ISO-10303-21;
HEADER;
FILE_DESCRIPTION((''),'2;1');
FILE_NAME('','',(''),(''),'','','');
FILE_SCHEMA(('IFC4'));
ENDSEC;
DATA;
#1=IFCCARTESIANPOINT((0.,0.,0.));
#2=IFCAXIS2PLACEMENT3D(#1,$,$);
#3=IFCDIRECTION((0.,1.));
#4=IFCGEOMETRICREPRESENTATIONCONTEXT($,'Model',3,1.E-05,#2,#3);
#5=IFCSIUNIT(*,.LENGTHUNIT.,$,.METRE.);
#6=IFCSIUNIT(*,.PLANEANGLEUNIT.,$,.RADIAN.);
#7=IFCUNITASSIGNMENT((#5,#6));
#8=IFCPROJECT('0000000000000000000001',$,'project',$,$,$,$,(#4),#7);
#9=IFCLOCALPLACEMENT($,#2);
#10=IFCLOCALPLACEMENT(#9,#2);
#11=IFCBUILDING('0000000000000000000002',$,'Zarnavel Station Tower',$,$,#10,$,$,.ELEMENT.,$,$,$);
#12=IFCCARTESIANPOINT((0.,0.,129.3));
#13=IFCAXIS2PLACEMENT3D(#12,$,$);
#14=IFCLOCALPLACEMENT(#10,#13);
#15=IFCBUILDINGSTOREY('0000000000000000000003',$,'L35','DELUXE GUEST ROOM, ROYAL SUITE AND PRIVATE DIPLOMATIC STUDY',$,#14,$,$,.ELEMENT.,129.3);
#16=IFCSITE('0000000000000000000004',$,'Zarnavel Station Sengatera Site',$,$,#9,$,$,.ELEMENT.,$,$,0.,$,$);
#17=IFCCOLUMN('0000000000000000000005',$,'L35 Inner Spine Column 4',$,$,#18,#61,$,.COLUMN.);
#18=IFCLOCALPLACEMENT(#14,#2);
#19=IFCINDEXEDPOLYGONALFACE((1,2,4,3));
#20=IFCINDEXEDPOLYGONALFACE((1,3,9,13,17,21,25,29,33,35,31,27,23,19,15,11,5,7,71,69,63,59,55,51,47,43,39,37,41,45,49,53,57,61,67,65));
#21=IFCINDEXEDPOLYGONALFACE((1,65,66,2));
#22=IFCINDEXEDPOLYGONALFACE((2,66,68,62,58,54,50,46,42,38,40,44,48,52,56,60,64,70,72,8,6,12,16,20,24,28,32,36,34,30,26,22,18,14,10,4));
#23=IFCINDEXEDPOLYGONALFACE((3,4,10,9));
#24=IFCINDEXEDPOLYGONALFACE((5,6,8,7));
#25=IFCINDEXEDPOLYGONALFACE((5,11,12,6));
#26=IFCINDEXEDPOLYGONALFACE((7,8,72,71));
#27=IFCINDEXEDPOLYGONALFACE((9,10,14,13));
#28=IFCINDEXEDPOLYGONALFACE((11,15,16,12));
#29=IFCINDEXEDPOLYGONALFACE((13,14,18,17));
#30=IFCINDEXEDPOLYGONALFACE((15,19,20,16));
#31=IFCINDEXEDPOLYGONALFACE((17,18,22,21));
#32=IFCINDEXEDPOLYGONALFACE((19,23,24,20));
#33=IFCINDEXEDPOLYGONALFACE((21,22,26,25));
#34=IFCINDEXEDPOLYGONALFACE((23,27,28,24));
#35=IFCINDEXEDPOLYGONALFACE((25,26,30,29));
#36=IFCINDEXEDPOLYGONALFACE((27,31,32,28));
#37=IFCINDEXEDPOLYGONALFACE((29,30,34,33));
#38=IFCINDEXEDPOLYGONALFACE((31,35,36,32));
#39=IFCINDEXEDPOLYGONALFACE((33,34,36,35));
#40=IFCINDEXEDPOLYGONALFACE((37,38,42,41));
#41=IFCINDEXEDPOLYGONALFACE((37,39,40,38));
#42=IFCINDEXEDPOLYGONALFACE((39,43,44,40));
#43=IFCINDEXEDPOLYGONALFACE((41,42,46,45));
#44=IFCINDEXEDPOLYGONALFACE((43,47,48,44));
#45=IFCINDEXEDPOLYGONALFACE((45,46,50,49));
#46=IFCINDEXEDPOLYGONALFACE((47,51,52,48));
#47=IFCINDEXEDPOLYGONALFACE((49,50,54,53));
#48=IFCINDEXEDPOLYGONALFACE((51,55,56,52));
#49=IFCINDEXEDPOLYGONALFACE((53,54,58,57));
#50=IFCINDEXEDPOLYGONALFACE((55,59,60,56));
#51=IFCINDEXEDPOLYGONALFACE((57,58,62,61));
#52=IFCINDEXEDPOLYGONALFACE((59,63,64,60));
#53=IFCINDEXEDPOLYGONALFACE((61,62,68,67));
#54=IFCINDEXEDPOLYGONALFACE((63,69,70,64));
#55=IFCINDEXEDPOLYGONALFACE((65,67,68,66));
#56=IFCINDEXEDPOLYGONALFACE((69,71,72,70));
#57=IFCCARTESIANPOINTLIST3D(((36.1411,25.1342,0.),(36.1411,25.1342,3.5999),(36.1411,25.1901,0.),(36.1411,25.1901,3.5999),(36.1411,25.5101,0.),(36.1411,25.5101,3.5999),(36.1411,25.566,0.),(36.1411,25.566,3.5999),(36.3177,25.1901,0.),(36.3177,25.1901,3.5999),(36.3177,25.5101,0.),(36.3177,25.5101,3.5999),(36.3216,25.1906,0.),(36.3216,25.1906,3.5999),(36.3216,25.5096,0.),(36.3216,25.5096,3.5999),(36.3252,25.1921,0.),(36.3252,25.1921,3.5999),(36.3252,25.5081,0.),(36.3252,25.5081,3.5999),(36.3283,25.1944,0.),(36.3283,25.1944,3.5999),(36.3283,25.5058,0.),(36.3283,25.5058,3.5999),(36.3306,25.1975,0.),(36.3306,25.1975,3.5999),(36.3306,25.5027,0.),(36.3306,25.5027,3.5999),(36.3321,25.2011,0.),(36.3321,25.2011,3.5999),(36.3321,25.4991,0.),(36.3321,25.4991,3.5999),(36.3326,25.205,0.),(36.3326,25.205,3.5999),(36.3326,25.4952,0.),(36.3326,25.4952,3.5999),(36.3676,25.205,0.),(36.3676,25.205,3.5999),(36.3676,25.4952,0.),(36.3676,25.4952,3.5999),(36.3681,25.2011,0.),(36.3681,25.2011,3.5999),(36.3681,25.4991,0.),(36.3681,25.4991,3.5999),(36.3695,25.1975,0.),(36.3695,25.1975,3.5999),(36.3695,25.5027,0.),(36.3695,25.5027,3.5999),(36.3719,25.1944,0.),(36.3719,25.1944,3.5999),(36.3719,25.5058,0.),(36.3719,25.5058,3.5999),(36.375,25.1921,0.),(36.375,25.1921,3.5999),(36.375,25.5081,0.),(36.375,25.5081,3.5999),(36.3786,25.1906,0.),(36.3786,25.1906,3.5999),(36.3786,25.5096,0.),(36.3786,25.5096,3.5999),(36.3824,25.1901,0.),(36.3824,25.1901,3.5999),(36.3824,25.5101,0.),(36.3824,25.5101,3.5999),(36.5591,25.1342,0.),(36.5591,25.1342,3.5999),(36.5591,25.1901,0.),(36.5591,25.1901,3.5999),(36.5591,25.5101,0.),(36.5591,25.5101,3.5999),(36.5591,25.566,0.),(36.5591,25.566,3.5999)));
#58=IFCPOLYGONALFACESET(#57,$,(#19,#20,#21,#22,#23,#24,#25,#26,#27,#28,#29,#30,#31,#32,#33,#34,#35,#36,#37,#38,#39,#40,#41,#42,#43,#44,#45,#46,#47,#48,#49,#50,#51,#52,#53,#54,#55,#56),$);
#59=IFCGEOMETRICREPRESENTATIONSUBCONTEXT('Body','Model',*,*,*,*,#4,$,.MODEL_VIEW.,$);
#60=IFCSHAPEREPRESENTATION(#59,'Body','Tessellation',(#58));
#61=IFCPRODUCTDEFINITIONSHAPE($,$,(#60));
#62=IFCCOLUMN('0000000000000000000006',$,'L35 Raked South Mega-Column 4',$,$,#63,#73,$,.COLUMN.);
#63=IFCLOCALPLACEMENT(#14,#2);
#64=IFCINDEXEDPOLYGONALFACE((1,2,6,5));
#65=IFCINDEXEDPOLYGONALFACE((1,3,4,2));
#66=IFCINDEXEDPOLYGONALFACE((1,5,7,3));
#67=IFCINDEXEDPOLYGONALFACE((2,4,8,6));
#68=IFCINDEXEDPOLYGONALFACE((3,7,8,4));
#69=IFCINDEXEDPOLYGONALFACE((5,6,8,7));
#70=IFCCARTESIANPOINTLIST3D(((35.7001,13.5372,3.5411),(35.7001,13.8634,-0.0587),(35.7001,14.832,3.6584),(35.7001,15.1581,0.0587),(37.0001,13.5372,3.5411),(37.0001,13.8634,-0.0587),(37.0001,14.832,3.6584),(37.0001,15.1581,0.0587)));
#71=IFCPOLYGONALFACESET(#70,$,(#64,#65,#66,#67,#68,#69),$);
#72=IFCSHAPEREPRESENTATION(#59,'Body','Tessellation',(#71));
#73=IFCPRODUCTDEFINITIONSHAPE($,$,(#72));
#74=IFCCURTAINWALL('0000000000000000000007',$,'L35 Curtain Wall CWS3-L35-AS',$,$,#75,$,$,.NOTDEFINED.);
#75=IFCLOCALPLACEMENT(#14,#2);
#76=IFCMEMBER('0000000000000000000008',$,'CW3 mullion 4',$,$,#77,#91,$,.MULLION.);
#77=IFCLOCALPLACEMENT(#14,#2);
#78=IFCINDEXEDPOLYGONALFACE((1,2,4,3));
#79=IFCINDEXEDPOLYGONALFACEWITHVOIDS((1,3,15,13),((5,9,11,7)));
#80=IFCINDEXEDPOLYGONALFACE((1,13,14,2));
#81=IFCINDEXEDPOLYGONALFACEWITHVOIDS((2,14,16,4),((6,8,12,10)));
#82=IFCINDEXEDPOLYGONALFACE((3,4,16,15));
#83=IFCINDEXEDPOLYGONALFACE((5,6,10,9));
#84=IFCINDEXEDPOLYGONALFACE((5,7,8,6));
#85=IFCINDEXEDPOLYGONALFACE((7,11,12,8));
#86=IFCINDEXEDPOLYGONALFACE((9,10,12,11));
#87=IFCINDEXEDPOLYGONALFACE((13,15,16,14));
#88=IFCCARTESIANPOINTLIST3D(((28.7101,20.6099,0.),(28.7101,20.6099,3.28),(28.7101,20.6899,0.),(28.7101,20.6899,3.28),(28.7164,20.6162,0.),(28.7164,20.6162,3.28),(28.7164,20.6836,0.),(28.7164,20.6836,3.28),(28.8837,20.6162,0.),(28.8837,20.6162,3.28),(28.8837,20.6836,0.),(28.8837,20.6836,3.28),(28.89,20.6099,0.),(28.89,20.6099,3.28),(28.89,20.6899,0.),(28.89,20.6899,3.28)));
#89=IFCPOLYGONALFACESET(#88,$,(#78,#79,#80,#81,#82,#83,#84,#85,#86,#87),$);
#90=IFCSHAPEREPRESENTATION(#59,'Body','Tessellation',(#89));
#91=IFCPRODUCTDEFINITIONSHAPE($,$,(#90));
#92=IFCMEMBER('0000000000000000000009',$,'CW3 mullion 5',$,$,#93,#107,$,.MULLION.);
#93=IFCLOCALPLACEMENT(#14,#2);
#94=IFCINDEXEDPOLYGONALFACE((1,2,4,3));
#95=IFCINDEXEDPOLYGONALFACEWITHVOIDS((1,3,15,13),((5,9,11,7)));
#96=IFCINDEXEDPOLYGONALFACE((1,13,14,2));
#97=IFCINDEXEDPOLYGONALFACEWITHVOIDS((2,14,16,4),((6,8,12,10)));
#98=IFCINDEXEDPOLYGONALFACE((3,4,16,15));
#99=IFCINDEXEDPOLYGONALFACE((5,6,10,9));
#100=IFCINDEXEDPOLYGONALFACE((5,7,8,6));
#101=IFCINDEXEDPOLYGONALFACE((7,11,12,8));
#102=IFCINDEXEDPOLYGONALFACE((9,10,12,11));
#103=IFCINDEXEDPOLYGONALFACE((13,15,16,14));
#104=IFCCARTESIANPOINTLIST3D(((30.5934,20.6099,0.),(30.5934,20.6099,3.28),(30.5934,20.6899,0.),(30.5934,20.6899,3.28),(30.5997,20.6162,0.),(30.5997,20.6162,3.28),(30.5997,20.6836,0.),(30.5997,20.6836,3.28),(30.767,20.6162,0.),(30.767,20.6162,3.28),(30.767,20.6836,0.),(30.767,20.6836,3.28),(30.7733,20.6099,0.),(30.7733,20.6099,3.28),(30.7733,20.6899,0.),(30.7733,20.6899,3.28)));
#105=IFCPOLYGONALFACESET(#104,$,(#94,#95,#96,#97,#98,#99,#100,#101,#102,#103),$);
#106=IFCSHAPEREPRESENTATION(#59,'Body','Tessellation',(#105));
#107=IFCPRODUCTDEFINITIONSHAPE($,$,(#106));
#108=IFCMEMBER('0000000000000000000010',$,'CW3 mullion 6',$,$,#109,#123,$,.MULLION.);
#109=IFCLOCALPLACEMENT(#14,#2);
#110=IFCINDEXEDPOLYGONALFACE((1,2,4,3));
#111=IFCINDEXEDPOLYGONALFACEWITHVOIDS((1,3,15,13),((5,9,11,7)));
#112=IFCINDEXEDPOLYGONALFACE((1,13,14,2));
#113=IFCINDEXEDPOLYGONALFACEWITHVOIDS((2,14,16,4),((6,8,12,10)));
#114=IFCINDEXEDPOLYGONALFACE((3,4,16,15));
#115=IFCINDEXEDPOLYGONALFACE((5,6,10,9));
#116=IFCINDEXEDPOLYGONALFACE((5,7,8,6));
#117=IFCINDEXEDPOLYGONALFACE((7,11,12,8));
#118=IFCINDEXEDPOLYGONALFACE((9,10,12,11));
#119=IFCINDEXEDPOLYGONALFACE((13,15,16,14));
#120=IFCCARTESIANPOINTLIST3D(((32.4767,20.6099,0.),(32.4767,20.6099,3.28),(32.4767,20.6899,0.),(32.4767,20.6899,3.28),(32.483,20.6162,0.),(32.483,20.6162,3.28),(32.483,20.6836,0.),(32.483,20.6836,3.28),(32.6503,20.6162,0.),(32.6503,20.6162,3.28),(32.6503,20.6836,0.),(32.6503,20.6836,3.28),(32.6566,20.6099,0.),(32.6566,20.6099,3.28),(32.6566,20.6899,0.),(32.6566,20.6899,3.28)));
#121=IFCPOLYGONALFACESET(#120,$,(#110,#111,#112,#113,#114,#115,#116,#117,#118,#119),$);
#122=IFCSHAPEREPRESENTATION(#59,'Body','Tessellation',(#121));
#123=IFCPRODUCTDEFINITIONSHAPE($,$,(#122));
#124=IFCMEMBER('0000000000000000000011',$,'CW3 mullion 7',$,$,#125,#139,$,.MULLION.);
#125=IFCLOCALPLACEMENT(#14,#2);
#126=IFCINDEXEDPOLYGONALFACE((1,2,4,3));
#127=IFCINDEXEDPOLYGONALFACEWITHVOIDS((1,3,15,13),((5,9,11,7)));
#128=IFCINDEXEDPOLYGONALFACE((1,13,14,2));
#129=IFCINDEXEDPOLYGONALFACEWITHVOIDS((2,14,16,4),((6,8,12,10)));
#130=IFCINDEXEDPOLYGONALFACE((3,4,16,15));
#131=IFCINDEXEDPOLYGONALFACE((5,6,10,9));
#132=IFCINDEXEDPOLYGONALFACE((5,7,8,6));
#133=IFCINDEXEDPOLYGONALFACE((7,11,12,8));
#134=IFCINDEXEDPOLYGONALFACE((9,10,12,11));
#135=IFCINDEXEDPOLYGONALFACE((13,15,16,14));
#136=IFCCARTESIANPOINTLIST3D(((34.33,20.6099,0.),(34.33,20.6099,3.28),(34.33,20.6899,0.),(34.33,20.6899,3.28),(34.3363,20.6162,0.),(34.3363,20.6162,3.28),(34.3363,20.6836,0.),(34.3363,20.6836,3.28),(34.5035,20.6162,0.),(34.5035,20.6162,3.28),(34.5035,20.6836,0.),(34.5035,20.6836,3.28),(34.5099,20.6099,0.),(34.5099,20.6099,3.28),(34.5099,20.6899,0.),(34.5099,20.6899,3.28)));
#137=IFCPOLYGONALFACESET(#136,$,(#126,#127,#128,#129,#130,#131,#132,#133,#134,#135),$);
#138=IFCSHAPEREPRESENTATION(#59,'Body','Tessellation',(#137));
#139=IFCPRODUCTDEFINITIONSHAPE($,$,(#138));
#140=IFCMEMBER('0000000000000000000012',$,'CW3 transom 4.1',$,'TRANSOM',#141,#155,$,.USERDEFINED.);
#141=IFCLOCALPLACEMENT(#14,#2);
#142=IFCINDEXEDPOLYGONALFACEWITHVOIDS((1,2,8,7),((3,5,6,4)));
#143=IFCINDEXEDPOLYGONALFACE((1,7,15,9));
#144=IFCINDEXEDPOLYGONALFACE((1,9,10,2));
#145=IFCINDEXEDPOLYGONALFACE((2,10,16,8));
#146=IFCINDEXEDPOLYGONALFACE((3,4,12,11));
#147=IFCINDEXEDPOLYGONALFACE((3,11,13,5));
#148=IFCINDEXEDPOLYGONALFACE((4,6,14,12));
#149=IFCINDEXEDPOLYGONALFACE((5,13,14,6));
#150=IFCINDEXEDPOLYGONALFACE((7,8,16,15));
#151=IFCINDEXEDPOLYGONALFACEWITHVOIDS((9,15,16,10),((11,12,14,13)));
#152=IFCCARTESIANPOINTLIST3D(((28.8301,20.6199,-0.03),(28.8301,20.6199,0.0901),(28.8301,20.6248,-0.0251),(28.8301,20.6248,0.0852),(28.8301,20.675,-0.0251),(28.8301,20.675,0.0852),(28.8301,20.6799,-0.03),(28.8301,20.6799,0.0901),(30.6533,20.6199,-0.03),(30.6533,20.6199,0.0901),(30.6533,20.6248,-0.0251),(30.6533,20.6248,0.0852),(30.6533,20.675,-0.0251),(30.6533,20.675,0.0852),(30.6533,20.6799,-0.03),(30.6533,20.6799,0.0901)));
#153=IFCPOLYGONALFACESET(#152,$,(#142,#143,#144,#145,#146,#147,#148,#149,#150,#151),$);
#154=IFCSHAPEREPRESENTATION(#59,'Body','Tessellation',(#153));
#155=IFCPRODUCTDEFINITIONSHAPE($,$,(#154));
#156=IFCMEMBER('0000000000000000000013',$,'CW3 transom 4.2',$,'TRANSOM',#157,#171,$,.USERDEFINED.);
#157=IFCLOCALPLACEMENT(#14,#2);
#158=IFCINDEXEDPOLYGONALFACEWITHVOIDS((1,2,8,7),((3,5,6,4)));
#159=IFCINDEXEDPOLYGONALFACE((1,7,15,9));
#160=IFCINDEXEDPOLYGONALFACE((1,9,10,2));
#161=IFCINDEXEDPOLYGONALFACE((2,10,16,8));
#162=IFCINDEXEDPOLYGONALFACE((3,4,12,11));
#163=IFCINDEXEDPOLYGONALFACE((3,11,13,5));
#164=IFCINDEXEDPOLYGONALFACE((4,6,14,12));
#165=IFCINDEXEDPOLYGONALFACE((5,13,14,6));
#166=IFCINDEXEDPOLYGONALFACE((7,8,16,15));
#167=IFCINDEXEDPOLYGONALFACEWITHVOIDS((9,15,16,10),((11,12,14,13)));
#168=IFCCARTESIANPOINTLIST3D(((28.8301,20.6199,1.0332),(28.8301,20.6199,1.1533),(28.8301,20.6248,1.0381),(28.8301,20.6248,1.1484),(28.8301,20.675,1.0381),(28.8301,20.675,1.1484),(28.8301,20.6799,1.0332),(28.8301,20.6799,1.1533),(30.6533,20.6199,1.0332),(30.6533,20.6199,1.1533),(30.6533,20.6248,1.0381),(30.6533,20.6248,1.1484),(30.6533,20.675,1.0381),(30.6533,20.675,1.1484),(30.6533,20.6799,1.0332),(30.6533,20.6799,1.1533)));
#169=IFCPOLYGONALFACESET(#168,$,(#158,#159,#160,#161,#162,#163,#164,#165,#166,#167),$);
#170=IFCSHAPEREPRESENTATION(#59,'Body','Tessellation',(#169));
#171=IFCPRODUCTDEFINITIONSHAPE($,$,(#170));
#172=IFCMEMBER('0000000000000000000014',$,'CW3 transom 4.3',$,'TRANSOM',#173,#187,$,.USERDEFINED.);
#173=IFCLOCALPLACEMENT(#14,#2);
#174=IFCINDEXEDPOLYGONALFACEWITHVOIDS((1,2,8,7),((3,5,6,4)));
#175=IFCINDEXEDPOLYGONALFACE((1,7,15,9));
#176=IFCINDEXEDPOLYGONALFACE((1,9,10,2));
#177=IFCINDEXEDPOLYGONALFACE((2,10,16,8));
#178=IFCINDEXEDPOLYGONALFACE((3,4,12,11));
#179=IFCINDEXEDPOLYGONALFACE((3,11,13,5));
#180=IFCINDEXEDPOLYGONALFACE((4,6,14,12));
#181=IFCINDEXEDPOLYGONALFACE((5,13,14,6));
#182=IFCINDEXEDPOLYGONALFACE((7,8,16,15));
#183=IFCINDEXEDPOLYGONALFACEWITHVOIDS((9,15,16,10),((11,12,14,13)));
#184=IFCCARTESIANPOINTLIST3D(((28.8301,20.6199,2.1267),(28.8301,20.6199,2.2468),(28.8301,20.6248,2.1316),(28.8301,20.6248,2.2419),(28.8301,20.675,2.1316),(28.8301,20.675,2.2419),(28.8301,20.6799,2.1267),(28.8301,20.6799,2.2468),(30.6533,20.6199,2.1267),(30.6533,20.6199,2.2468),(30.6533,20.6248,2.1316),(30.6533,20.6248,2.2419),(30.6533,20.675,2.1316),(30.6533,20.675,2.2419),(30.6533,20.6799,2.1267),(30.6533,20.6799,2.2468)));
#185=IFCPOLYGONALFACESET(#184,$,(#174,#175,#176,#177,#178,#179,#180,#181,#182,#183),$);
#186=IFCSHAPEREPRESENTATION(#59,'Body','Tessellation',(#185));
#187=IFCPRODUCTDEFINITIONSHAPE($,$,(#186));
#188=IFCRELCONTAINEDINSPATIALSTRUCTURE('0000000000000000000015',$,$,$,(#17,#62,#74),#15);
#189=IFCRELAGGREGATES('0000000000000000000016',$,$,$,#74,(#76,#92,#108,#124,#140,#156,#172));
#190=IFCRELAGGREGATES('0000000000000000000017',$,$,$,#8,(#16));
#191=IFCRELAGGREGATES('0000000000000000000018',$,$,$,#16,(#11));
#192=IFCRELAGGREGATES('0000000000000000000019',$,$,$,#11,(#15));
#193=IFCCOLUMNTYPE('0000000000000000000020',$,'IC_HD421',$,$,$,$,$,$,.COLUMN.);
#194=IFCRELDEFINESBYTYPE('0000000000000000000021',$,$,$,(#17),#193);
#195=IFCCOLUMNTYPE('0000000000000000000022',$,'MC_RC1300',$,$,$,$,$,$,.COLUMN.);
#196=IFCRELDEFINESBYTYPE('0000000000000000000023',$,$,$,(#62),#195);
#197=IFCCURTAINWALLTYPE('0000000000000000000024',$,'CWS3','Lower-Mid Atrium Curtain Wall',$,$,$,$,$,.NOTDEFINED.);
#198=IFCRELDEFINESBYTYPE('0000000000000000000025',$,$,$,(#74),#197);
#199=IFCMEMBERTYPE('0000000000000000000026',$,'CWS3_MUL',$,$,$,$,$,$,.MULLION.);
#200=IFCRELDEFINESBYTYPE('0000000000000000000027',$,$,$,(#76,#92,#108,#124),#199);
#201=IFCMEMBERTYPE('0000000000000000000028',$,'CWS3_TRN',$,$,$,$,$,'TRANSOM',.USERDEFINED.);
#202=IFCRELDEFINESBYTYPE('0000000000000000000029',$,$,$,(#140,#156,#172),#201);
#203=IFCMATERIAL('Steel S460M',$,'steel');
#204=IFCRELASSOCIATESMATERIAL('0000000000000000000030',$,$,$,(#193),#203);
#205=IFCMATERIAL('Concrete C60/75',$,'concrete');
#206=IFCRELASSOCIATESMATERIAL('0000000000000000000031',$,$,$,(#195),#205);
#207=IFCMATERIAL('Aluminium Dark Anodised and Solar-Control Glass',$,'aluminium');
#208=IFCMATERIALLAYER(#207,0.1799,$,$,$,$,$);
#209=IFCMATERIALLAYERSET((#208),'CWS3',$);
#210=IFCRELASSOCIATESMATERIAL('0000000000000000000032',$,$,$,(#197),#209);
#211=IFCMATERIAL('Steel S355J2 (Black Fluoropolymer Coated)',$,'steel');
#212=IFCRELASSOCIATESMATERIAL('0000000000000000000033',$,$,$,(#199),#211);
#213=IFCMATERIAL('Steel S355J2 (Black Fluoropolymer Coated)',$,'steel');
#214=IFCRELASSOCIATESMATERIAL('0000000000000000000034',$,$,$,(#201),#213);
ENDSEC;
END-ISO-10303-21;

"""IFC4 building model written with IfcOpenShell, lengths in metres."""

from ifc_helpers import new_model, si_unit, direction, frame, origin, origin_2d, place, context, subcontext, project, spatial, rectangle, hollow_rectangle, i_section, extrude, material, layer, layer_set, material_profile, profile_set, type_object, element, aggregate, save


model = new_model("IFC4")

# Units and contexts
model_context = context("Model", 3, precision=1e-05, world=origin(), true_north=direction((0.0, 1.0)))
body_context = subcontext(model_context, "Body", "Model", "MODEL_VIEW")
ifc_project = project(units=[si_unit("LENGTHUNIT", "METRE"), si_unit("PLANEANGLEUNIT", "RADIAN")], contexts=[model_context])

# Site, building, storey
site_placement = place(None, origin())
site = spatial("IfcSite", under=ifc_project, at=site_placement, Name="Zarnavel Station Sengatera Site", CompositionType="ELEMENT", RefElevation=0.0)
building_placement = place(site_placement, origin())
building = spatial("IfcBuilding", under=site, at=building_placement, Name="Zarnavel Station Tower", CompositionType="ELEMENT")
storey_placement = place(building_placement, frame((0.0, 0.0, 129.3)))
storey = spatial("IfcBuildingStorey", under=building, at=storey_placement, Name="L35", Description="DELUXE GUEST ROOM, ROYAL SUITE AND PRIVATE DIPLOMATIC STUDY", CompositionType="ELEMENT", Elevation=129.3)

# Columns
ifc_material_1 = material(Name="Steel S460M", Category="steel")
ifc_material_profile_1 = material_profile(ifc_material_1, i_section(OverallWidth=0.418, OverallDepth=0.4319, WebThickness=0.0349, FlangeThickness=0.0559, FilletRadius=0.0149, at=origin_2d()), Name="HD400x421")
ifc_profile_set_1 = profile_set([ifc_material_profile_1], Name="Steel S460M")
column_type_1 = type_object("IfcColumnType", Name="IC_HD421", PredefinedType="COLUMN", material=ifc_profile_set_1)
column_1_placement = place(storey_placement, frame((36.3501, 25.3501, 0.0), z_axis=(0.0, 0.0, 1.0), x_axis=(1.0, 0.0, 0.0)))
element("IfcColumn", 1, at=column_1_placement, inside=storey, type_object=column_type_1, Name="L35 Inner Spine Column 4", PredefinedType="COLUMN", context=body_context, shape_type="SweptSolid", body=[
    extrude(i_section(OverallWidth=0.418, OverallDepth=0.4319, WebThickness=0.0349, FlangeThickness=0.0559, FilletRadius=0.0149, at=origin_2d()), origin(), (0.0, 0.0, 1.0), 3.5999),
])
ifc_material_2 = material(Name="Concrete C60/75", Category="concrete")
ifc_material_profile_2 = material_profile(ifc_material_2, rectangle(XDim=1.3, YDim=1.3, at=origin_2d()), Name="RC1300x1300")
ifc_profile_set_2 = profile_set([ifc_material_profile_2], Name="Concrete C60/75")
column_type_2 = type_object("IfcColumnType", Name="MC_RC1300", PredefinedType="COLUMN", material=ifc_profile_set_2)
column_2_placement = place(storey_placement, frame((36.3501, 14.5107, 0.0), z_axis=(0.0, -0.090237, 0.99592), x_axis=(1.0, 0.0, 0.0)))
element("IfcColumn", 2, at=column_2_placement, inside=storey, type_object=column_type_2, Name="L35 Raked South Mega-Column 4", PredefinedType="COLUMN", context=body_context, shape_type="SweptSolid", body=[
    extrude(rectangle(XDim=1.3, YDim=1.3, at=origin_2d()), origin(), (0.0, 0.0, 1.0), 3.6145),
])

# Curtain wall, members
ifc_material_3 = material(Name="Aluminium Dark Anodised and Solar-Control Glass", Category="aluminium")
ifc_layer_1 = layer(ifc_material_3, 0.1799)
ifc_layer_set_1 = layer_set([ifc_layer_1], Name="CWS3")
curtain_wall_type = type_object("IfcCurtainWallType", Name="CWS3", Description="Lower-Mid Atrium Curtain Wall", PredefinedType="NOTDEFINED", material=ifc_layer_set_1)
curtain_wall_placement = place(storey_placement, origin())
curtain_wall = element("IfcCurtainWall", 3, at=curtain_wall_placement, inside=storey, type_object=curtain_wall_type, Name="L35 Curtain Wall CWS3-L35-AS", PredefinedType="NOTDEFINED")
ifc_material_4 = material(Name="Steel S355J2 (Black Fluoropolymer Coated)", Category="steel")
ifc_material_profile_3 = material_profile(ifc_material_4, hollow_rectangle(XDim=0.0801, YDim=0.1799, WallThickness=0.0063, at=origin_2d()), Name="RHS180x80x6.3")
ifc_profile_set_3 = profile_set([ifc_material_profile_3], Name="Steel S355J2 (Black Fluoropolymer Coated)")
member_type_1 = type_object("IfcMemberType", Name="CWS3_MUL", PredefinedType="MULLION", material=ifc_profile_set_3)
member_1_placement = place(storey_placement, frame((28.8, 20.6499, 0.0), z_axis=(0.0, 0.0, 1.0), x_axis=(0.0, 1.0, 0.0)))
member_1 = element("IfcMember", 4, at=member_1_placement, type_object=member_type_1, Name="CW3 mullion 4", PredefinedType="MULLION", context=body_context, shape_type="SweptSolid", body=[
    extrude(hollow_rectangle(XDim=0.0801, YDim=0.1799, WallThickness=0.0063, at=origin_2d()), origin(), (0.0, 0.0, 1.0), 3.28),
])
member_2_placement = place(storey_placement, frame((30.6833, 20.6499, 0.0), z_axis=(0.0, 0.0, 1.0), x_axis=(0.0, 1.0, 0.0)))
member_2 = element("IfcMember", 5, at=member_2_placement, type_object=member_type_1, Name="CW3 mullion 5", PredefinedType="MULLION", context=body_context, shape_type="SweptSolid", body=[
    extrude(hollow_rectangle(XDim=0.0801, YDim=0.1799, WallThickness=0.0063, at=origin_2d()), origin(), (0.0, 0.0, 1.0), 3.28),
])
member_3_placement = place(storey_placement, frame((32.5667, 20.6499, 0.0), z_axis=(0.0, 0.0, 1.0), x_axis=(0.0, 1.0, 0.0)))
member_3 = element("IfcMember", 6, at=member_3_placement, type_object=member_type_1, Name="CW3 mullion 6", PredefinedType="MULLION", context=body_context, shape_type="SweptSolid", body=[
    extrude(hollow_rectangle(XDim=0.0801, YDim=0.1799, WallThickness=0.0063, at=origin_2d()), origin(), (0.0, 0.0, 1.0), 3.28),
])
member_4_placement = place(storey_placement, frame((34.4199, 20.6499, 0.0), z_axis=(0.0, 0.0, 1.0), x_axis=(0.0, 1.0, 0.0)))
member_4 = element("IfcMember", 7, at=member_4_placement, type_object=member_type_1, Name="CW3 mullion 7", PredefinedType="MULLION", context=body_context, shape_type="SweptSolid", body=[
    extrude(hollow_rectangle(XDim=0.0801, YDim=0.1799, WallThickness=0.0063, at=origin_2d()), origin(), (0.0, 0.0, 1.0), 3.28),
])
ifc_material_5 = material(Name="Steel S355J2 (Black Fluoropolymer Coated)", Category="steel")
ifc_material_profile_4 = material_profile(ifc_material_5, hollow_rectangle(XDim=0.0601, YDim=0.1201, WallThickness=0.0049, at=origin_2d()), Name="RHS120x60x5")
ifc_profile_set_4 = profile_set([ifc_material_profile_4], Name="Steel S355J2 (Black Fluoropolymer Coated)")
member_type_2 = type_object("IfcMemberType", Name="CWS3_TRN", ElementType="TRANSOM", PredefinedType="USERDEFINED", material=ifc_profile_set_4)
member_5_placement = place(storey_placement, frame((28.8301, 20.6499, 0.03), z_axis=(1.0, 0.0, 0.0), x_axis=(0.0, 1.0, 0.0)))
member_5 = element("IfcMember", 8, at=member_5_placement, type_object=member_type_2, Name="CW3 transom 4.1", ObjectType="TRANSOM", PredefinedType="USERDEFINED", context=body_context, shape_type="SweptSolid", body=[
    extrude(hollow_rectangle(XDim=0.0601, YDim=0.1201, WallThickness=0.0049, at=origin_2d()), origin(), (0.0, 0.0, 1.0), 1.8232),
])
member_6_placement = place(storey_placement, frame((28.8301, 20.6499, 1.0933), z_axis=(1.0, 0.0, 0.0), x_axis=(0.0, 1.0, 0.0)))
member_6 = element("IfcMember", 9, at=member_6_placement, type_object=member_type_2, Name="CW3 transom 4.2", ObjectType="TRANSOM", PredefinedType="USERDEFINED", context=body_context, shape_type="SweptSolid", body=[
    extrude(hollow_rectangle(XDim=0.0601, YDim=0.1201, WallThickness=0.0049, at=origin_2d()), origin(), (0.0, 0.0, 1.0), 1.8232),
])
member_7_placement = place(storey_placement, frame((28.8301, 20.6499, 2.1868), z_axis=(1.0, 0.0, 0.0), x_axis=(0.0, 1.0, 0.0)))
member_7 = element("IfcMember", 10, at=member_7_placement, type_object=member_type_2, Name="CW3 transom 4.3", ObjectType="TRANSOM", PredefinedType="USERDEFINED", context=body_context, shape_type="SweptSolid", body=[
    extrude(hollow_rectangle(XDim=0.0601, YDim=0.1201, WallThickness=0.0049, at=origin_2d()), origin(), (0.0, 0.0, 1.0), 1.8232),
])

aggregate(curtain_wall, [member_1, member_2, member_3, member_4, member_5, member_6, member_7])

save(model, "model.ifc")
